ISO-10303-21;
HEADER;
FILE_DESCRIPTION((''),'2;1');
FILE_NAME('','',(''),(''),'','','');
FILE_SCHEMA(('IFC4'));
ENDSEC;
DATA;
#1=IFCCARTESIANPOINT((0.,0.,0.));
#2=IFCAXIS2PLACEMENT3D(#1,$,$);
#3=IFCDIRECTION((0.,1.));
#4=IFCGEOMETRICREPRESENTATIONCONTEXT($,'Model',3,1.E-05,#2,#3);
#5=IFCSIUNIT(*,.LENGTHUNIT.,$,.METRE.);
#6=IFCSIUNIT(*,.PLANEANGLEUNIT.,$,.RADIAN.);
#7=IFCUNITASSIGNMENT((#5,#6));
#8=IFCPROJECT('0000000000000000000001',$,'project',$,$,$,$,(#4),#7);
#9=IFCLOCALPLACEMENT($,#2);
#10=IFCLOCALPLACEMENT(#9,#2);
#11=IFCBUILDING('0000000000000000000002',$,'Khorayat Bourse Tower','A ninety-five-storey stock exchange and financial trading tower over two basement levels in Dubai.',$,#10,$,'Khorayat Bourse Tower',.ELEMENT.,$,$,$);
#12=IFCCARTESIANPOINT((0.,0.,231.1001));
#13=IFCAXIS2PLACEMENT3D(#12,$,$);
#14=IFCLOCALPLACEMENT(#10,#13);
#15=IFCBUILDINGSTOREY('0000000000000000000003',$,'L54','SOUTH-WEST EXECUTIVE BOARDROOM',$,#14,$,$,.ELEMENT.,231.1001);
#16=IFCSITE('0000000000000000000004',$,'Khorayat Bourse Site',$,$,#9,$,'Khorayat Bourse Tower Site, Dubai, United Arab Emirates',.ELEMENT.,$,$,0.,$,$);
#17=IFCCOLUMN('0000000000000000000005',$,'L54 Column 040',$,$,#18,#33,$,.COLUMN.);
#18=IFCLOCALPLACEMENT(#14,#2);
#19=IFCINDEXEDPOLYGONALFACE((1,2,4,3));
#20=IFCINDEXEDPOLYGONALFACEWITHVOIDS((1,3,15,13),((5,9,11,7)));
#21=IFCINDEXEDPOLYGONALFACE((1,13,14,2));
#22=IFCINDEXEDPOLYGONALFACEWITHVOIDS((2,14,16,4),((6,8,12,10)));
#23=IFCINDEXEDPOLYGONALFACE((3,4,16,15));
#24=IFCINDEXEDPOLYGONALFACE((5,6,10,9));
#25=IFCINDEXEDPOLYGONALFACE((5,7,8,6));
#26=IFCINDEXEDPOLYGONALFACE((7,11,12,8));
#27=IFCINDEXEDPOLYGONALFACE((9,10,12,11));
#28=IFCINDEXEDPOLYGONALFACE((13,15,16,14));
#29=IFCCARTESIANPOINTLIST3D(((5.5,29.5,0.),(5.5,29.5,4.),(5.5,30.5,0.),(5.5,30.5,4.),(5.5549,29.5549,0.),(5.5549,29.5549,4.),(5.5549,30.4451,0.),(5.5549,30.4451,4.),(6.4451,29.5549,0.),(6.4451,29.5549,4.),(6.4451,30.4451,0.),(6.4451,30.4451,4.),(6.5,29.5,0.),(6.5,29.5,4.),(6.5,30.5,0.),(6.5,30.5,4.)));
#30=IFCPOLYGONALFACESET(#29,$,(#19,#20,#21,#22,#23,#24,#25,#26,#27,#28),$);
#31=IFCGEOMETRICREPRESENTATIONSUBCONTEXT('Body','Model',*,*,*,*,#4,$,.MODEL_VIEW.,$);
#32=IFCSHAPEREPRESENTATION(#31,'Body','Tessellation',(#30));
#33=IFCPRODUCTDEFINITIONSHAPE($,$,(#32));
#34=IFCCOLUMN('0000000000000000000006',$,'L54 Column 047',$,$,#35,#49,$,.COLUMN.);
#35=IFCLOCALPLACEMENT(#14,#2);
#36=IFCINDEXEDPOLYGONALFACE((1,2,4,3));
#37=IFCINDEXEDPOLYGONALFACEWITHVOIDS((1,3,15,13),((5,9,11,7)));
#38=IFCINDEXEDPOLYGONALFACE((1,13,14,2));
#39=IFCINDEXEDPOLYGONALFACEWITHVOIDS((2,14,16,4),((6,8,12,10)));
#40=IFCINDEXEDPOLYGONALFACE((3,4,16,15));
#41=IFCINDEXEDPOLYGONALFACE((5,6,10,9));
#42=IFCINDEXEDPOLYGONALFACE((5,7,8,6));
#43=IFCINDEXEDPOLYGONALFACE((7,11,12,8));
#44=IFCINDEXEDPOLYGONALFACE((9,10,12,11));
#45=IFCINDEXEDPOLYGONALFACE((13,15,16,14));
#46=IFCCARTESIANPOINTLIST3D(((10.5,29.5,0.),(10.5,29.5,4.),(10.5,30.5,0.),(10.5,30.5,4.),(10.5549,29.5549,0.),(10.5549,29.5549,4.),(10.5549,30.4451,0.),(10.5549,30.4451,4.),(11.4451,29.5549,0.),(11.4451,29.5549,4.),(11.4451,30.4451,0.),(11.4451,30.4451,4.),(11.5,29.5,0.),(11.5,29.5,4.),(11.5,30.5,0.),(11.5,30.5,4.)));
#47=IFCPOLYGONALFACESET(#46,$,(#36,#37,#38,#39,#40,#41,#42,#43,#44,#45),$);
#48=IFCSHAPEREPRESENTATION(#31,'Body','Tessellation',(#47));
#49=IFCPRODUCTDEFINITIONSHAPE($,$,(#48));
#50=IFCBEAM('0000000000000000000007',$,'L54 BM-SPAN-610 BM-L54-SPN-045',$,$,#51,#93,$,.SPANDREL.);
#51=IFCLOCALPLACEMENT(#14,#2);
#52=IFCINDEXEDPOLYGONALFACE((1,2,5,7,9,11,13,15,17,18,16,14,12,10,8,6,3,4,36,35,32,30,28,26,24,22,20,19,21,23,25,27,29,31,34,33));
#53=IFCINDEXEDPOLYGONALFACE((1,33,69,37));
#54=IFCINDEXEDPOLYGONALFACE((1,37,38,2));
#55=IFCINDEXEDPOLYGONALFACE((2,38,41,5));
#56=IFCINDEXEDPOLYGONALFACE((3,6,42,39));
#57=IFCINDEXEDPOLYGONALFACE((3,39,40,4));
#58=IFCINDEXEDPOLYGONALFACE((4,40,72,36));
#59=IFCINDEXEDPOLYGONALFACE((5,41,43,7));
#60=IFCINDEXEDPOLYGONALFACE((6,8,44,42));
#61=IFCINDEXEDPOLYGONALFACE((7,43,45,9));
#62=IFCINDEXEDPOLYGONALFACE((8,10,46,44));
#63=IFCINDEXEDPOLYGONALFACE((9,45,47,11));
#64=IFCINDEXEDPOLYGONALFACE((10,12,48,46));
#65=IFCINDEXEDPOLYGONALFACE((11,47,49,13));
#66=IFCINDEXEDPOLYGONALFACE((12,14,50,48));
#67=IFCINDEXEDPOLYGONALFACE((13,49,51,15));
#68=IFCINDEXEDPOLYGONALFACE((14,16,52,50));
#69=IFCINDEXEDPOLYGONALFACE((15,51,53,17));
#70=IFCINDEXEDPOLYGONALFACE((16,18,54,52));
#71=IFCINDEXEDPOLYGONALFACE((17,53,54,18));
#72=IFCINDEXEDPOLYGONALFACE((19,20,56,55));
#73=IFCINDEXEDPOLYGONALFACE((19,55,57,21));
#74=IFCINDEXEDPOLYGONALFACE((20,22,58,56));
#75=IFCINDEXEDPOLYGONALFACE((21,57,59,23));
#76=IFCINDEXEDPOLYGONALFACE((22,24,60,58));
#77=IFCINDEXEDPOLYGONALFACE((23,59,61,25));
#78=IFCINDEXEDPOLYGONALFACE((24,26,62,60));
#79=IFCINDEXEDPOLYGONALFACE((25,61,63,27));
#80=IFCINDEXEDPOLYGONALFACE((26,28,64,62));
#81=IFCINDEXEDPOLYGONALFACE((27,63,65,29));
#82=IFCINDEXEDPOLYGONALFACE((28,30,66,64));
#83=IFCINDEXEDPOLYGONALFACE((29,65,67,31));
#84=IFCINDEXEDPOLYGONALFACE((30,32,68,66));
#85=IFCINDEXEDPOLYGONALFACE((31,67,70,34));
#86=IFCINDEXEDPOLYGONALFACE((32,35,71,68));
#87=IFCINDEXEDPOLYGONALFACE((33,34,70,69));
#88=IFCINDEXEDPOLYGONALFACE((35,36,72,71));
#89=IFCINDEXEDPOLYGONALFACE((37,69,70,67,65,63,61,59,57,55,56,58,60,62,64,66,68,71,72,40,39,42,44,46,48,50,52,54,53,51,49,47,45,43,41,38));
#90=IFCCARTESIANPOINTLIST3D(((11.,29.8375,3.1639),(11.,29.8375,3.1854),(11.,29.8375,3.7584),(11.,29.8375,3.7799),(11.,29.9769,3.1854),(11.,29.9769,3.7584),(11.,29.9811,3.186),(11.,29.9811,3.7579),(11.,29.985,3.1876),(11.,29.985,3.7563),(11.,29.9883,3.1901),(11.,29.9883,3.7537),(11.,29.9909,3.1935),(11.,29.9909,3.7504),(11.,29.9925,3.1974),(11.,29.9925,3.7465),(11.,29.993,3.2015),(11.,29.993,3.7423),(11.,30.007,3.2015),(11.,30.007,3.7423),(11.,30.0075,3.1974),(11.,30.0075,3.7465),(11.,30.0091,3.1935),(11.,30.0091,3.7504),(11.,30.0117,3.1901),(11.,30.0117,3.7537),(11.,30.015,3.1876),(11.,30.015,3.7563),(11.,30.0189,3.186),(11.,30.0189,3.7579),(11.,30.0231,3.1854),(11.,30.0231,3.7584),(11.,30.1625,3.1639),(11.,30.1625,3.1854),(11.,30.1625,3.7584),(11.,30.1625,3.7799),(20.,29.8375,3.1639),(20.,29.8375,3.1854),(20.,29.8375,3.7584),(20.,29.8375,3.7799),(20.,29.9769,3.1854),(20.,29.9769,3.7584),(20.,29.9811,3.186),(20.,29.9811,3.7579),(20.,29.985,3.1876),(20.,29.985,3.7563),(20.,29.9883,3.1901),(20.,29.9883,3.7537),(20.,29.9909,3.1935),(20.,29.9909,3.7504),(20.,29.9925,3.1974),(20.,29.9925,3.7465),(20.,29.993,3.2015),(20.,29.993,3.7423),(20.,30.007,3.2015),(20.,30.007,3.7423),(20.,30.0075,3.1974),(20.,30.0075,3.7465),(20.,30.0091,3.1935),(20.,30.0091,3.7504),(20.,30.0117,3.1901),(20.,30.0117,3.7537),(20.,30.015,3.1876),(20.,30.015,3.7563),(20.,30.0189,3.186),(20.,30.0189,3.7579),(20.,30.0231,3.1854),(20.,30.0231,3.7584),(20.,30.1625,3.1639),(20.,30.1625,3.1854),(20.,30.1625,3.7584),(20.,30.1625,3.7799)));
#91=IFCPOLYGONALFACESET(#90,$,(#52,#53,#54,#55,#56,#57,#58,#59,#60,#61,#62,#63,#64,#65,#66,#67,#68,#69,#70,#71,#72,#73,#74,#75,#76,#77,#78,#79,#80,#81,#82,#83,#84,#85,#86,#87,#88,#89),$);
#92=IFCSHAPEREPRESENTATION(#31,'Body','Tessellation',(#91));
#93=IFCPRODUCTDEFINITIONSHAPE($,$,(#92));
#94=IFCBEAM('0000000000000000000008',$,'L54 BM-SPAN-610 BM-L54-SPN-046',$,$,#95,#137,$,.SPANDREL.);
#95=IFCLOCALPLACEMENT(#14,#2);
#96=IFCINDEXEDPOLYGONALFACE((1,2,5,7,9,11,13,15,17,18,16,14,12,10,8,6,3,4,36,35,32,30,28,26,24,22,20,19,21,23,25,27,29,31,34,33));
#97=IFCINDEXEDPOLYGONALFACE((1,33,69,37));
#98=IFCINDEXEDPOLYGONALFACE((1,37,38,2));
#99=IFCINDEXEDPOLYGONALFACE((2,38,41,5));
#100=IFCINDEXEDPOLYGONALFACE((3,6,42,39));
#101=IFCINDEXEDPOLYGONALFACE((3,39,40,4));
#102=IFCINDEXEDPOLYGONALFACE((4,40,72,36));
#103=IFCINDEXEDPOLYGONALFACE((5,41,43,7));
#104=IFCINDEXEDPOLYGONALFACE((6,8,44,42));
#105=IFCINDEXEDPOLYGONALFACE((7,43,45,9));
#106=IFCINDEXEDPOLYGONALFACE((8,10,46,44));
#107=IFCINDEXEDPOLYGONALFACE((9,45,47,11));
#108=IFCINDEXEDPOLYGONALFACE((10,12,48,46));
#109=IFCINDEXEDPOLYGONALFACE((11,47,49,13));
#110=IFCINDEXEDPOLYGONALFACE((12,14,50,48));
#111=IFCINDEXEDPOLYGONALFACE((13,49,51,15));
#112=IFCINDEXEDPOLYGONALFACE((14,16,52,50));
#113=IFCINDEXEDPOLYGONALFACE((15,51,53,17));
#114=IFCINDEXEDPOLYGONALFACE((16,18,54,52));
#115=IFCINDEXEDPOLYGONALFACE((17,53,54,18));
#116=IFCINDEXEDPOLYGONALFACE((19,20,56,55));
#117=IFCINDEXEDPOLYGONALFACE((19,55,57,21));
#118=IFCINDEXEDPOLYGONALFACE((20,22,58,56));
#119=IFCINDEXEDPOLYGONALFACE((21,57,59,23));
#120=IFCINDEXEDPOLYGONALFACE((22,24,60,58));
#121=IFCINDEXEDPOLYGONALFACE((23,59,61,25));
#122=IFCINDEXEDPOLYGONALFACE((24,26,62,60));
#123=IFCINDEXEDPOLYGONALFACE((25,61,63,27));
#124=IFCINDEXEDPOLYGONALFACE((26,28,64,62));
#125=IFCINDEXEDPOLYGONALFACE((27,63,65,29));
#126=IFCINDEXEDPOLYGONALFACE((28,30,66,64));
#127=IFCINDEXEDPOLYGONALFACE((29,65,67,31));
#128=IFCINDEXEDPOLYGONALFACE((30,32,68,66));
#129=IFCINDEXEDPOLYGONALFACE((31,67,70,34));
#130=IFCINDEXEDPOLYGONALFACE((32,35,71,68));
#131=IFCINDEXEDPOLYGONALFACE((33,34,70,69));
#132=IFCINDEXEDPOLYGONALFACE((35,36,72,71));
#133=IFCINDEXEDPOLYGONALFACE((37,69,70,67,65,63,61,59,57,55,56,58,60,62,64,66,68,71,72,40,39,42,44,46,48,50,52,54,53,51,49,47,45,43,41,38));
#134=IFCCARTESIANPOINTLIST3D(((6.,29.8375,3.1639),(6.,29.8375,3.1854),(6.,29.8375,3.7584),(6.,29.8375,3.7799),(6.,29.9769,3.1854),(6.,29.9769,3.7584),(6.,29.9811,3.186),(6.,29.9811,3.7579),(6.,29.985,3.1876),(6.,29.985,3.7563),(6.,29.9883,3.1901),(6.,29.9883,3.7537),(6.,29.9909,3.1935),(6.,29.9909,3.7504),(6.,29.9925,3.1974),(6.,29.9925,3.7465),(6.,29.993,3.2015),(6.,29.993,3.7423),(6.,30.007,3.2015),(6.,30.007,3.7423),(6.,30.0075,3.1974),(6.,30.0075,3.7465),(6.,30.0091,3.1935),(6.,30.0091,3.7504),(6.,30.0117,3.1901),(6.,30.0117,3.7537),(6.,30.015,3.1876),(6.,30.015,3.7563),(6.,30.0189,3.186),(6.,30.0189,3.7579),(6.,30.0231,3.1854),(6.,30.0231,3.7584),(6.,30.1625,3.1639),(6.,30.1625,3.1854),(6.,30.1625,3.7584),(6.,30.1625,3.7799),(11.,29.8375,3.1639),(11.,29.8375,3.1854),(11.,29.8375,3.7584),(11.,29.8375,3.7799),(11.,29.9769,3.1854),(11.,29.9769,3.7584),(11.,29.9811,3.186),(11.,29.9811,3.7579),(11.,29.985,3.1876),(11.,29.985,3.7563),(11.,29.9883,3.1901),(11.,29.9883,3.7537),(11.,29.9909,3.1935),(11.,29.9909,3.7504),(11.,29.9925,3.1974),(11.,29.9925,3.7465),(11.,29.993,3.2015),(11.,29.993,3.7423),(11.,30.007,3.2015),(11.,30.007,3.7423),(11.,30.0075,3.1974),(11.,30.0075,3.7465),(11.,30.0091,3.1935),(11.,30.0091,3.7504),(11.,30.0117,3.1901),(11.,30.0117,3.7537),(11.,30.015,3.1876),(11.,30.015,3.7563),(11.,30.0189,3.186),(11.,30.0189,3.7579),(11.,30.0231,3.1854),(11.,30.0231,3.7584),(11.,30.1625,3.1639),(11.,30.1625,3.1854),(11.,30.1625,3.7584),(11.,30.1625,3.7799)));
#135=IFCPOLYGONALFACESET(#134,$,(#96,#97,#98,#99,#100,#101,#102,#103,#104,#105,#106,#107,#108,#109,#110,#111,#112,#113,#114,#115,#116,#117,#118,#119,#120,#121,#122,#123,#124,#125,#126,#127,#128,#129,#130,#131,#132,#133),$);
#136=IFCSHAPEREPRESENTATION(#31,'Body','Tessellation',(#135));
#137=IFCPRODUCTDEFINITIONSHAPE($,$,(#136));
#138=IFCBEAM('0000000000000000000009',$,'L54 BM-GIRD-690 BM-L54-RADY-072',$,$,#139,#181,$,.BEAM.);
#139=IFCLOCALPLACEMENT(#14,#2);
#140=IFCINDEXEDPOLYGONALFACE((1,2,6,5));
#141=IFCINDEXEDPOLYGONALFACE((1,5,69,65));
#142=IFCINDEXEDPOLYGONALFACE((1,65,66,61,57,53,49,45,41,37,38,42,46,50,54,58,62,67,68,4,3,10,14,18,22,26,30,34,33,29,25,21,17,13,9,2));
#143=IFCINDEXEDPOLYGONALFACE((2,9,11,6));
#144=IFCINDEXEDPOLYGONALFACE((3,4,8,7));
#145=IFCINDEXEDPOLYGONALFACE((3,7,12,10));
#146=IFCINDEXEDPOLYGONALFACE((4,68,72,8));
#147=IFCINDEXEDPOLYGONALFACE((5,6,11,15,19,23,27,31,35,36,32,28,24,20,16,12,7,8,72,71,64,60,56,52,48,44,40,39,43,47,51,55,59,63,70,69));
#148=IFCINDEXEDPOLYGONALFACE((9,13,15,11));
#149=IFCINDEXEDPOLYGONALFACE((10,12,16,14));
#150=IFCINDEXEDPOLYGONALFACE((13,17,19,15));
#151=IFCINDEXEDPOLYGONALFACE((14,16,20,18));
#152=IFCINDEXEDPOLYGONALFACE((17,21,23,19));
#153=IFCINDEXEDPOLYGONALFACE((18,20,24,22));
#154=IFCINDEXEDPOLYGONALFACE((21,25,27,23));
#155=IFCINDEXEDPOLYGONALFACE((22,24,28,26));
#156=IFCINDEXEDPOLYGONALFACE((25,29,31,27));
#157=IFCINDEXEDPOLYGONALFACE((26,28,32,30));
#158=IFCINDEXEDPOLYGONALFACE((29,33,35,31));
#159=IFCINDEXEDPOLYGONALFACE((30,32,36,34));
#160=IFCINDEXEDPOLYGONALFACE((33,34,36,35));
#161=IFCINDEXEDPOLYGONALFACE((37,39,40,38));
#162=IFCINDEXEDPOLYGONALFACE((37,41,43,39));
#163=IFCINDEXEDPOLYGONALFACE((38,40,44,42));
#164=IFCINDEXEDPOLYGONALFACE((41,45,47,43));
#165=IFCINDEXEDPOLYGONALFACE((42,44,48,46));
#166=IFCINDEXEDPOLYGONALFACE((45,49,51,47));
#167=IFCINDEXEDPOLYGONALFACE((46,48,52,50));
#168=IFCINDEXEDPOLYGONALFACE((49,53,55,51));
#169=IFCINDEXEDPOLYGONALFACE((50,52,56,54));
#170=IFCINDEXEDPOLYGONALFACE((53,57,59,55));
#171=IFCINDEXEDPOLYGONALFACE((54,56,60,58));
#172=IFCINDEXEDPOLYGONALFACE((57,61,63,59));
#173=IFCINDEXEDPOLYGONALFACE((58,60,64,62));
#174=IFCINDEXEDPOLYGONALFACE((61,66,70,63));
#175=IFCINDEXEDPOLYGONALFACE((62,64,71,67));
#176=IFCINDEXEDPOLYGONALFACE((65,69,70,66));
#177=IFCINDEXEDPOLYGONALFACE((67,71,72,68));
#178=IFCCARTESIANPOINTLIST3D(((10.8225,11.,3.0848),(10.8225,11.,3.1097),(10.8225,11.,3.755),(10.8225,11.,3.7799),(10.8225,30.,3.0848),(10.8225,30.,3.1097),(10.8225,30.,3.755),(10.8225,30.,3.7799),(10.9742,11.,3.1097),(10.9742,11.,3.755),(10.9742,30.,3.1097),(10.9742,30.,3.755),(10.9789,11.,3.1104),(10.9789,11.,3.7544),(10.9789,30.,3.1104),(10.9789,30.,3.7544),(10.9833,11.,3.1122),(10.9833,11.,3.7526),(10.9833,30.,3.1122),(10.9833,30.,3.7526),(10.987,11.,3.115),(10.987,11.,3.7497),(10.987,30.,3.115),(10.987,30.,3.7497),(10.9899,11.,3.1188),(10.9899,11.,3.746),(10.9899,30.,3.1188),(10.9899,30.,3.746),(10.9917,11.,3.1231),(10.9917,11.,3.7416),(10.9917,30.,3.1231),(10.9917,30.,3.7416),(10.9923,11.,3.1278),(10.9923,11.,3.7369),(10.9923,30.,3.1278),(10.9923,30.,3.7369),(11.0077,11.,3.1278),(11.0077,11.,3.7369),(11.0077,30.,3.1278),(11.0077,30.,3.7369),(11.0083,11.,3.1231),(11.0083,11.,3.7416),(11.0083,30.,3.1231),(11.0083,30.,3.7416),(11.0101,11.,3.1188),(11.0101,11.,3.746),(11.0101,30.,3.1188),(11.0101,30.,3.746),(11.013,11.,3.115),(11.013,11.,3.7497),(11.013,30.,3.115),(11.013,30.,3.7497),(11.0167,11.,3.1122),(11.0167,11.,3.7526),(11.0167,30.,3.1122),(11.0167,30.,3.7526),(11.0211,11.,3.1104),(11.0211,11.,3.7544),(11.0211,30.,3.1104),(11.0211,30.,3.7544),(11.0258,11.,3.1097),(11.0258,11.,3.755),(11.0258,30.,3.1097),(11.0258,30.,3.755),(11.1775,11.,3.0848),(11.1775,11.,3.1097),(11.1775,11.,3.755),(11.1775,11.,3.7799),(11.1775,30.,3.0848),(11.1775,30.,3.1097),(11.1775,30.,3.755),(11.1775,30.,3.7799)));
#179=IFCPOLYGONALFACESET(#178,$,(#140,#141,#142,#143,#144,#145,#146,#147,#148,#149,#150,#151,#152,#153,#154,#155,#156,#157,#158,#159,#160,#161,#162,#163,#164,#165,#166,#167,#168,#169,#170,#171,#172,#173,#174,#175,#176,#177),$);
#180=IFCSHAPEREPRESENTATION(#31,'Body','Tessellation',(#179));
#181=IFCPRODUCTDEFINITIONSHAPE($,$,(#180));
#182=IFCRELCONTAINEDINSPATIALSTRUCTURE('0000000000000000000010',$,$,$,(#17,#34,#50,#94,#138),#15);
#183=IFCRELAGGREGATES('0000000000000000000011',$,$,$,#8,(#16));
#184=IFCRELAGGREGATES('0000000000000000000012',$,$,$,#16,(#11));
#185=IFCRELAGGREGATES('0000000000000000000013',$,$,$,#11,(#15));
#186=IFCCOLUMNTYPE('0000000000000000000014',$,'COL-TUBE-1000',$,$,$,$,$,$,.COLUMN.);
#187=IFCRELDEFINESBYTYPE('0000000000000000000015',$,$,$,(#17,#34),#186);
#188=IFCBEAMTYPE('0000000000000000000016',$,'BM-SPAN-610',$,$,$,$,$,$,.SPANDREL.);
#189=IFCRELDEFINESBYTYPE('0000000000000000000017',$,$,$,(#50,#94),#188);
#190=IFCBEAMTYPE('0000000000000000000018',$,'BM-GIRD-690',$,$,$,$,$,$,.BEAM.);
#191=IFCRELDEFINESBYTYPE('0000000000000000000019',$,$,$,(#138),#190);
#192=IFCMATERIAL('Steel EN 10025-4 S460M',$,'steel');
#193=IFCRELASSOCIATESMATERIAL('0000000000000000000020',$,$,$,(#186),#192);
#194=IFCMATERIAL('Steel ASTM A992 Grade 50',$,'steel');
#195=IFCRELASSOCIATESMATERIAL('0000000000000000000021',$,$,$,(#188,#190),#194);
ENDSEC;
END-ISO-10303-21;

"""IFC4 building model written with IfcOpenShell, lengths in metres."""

from ifc_helpers import new_model, si_unit, direction, frame, origin, origin_2d, place, context, subcontext, project, spatial, hollow_rectangle, i_section, extrude, source, transform, mapped, material, material_profile, profile_set, type_object, element, save


model = new_model("IFC4")

# Units and contexts
model_context = context("Model", 3, precision=1e-05, world=origin(), true_north=direction((0.0, 1.0)))
body_context = subcontext(model_context, "Body", "Model", "MODEL_VIEW")
ifc_project = project(units=[si_unit("LENGTHUNIT", "METRE"), si_unit("PLANEANGLEUNIT", "RADIAN")], contexts=[model_context])

# Site, building, storey
site_placement = place(None, origin())
site = spatial("IfcSite", under=ifc_project, at=site_placement, Name="Khorayat Bourse Site", LongName="Khorayat Bourse Tower Site, Dubai, United Arab Emirates", CompositionType="ELEMENT", RefElevation=0.0)
building_placement = place(site_placement, origin())
building = spatial("IfcBuilding", under=site, at=building_placement, Name="Khorayat Bourse Tower", Description="A ninety-five-storey stock exchange and financial trading tower over two basement levels in Dubai.", LongName="Khorayat Bourse Tower", CompositionType="ELEMENT")
storey_placement = place(building_placement, frame((0.0, 0.0, 231.1001)))
storey = spatial("IfcBuildingStorey", under=building, at=storey_placement, Name="L54", Description="SOUTH-WEST EXECUTIVE BOARDROOM", CompositionType="ELEMENT", Elevation=231.1001)

# Columns
ifc_material_1 = material(Name="Steel EN 10025-4 S460M", Category="steel")
ifc_material_profile_1 = material_profile(ifc_material_1, hollow_rectangle(XDim=1.0, YDim=1.0, WallThickness=0.0549, at=origin_2d()), Name="BOX 1000x1000x55")
ifc_profile_set_1 = profile_set([ifc_material_profile_1], Name="Steel EN 10025-4 S460M")
column_type = type_object("IfcColumnType", Name="COL-TUBE-1000", PredefinedType="COLUMN", material=ifc_profile_set_1)
shared_shape_1 = source(origin(), body_context, "Body", "SweptSolid", [
    extrude(hollow_rectangle(XDim=1.0, YDim=1.0, WallThickness=0.0549, at=origin_2d()), origin(), (0.0, 0.0, 1.0), 4.0),
])
for number, where, z_axis, x_axis, name in (
    (1, (6.0, 30.0, 0.0), (0.0, 0.0, 1.0), (1.0, 0.0, 0.0), "L54 Column 040"),
    (2, (11.0, 30.0, 0.0), (0.0, 0.0, 1.0), (1.0, 0.0, 0.0), "L54 Column 047"),
):
    element("IfcColumn", number, at=place(storey_placement, frame(where, z_axis=z_axis, x_axis=x_axis)), inside=storey, type_object=column_type, Name=name, PredefinedType="COLUMN", context=body_context, shape_type="MappedRepresentation", body=[
        mapped(shared_shape_1, transform((0.0, 0.0, 0.0), scale=1.0)),
    ])

# Beams
ifc_material_2 = material(Name="Steel ASTM A992 Grade 50", Category="steel")
ifc_material_profile_2 = material_profile(ifc_material_2, i_section(OverallWidth=0.325, OverallDepth=0.616, WebThickness=0.0139, FlangeThickness=0.0215, FilletRadius=0.0161, at=origin_2d()), Name="W610X174")
ifc_profile_set_2 = profile_set([ifc_material_profile_2], Name="Steel ASTM A992 Grade 50")
beam_type_1 = type_object("IfcBeamType", Name="BM-SPAN-610", PredefinedType="SPANDREL", material=ifc_profile_set_2)
shared_shape_2 = source(origin(), body_context, "Body", "SweptSolid", [
    extrude(i_section(OverallWidth=0.325, OverallDepth=0.616, WebThickness=0.0139, FlangeThickness=0.0215, FilletRadius=0.0161, at=origin_2d()), origin(), (0.0, 0.0, 1.0), 9.0),
])
beam_1_placement = place(storey_placement, frame((11.0, 30.0, 3.4719), z_axis=(1.0, 0.0, 0.0), x_axis=(0.0, 1.0, 0.0)))
element("IfcBeam", 3, at=beam_1_placement, inside=storey, type_object=beam_type_1, Name="L54 BM-SPAN-610 BM-L54-SPN-045", PredefinedType="SPANDREL", context=body_context, shape_type="MappedRepresentation", body=[
    mapped(shared_shape_2, transform((0.0, 0.0, 0.0), scale=1.0)),
])
shared_shape_3 = source(origin(), body_context, "Body", "SweptSolid", [
    extrude(i_section(OverallWidth=0.325, OverallDepth=0.616, WebThickness=0.0139, FlangeThickness=0.0215, FilletRadius=0.0161, at=origin_2d()), origin(), (0.0, 0.0, 1.0), 5.0),
])
beam_2_placement = place(storey_placement, frame((6.0, 30.0, 3.4719), z_axis=(1.0, 0.0, 0.0), x_axis=(0.0, 1.0, 0.0)))
element("IfcBeam", 4, at=beam_2_placement, inside=storey, type_object=beam_type_1, Name="L54 BM-SPAN-610 BM-L54-SPN-046", PredefinedType="SPANDREL", context=body_context, shape_type="MappedRepresentation", body=[
    mapped(shared_shape_3, transform((0.0, 0.0, 0.0), scale=1.0)),
])
ifc_material_profile_3 = material_profile(ifc_material_2, i_section(OverallWidth=0.355, OverallDepth=0.6951, WebThickness=0.0154, FlangeThickness=0.0249, FilletRadius=0.0181, at=origin_2d()), Name="W690X217")
ifc_profile_set_3 = profile_set([ifc_material_profile_3], Name="Steel ASTM A992 Grade 50")
beam_type_2 = type_object("IfcBeamType", Name="BM-GIRD-690", PredefinedType="BEAM", material=ifc_profile_set_3)
shared_shape_4 = source(origin(), body_context, "Body", "SweptSolid", [
    extrude(i_section(OverallWidth=0.355, OverallDepth=0.6951, WebThickness=0.0154, FlangeThickness=0.0249, FilletRadius=0.0181, at=origin_2d()), origin(), (0.0, 0.0, 1.0), 19.0),
])
for number, where, z_axis, x_axis, name in (
    (5, (11.0, 11.0, 3.4324), (0.0, 1.0, 0.0), (-1.0, 0.0, 0.0), "L54 BM-GIRD-690 BM-L54-RADY-072"),
):
    element("IfcBeam", number, at=place(storey_placement, frame(where, z_axis=z_axis, x_axis=x_axis)), inside=storey, type_object=beam_type_2, Name=name, PredefinedType="BEAM", context=body_context, shape_type="MappedRepresentation", body=[
        mapped(shared_shape_4, transform((0.0, 0.0, 0.0), scale=1.0)),
    ])

save(model, "model.ifc")
